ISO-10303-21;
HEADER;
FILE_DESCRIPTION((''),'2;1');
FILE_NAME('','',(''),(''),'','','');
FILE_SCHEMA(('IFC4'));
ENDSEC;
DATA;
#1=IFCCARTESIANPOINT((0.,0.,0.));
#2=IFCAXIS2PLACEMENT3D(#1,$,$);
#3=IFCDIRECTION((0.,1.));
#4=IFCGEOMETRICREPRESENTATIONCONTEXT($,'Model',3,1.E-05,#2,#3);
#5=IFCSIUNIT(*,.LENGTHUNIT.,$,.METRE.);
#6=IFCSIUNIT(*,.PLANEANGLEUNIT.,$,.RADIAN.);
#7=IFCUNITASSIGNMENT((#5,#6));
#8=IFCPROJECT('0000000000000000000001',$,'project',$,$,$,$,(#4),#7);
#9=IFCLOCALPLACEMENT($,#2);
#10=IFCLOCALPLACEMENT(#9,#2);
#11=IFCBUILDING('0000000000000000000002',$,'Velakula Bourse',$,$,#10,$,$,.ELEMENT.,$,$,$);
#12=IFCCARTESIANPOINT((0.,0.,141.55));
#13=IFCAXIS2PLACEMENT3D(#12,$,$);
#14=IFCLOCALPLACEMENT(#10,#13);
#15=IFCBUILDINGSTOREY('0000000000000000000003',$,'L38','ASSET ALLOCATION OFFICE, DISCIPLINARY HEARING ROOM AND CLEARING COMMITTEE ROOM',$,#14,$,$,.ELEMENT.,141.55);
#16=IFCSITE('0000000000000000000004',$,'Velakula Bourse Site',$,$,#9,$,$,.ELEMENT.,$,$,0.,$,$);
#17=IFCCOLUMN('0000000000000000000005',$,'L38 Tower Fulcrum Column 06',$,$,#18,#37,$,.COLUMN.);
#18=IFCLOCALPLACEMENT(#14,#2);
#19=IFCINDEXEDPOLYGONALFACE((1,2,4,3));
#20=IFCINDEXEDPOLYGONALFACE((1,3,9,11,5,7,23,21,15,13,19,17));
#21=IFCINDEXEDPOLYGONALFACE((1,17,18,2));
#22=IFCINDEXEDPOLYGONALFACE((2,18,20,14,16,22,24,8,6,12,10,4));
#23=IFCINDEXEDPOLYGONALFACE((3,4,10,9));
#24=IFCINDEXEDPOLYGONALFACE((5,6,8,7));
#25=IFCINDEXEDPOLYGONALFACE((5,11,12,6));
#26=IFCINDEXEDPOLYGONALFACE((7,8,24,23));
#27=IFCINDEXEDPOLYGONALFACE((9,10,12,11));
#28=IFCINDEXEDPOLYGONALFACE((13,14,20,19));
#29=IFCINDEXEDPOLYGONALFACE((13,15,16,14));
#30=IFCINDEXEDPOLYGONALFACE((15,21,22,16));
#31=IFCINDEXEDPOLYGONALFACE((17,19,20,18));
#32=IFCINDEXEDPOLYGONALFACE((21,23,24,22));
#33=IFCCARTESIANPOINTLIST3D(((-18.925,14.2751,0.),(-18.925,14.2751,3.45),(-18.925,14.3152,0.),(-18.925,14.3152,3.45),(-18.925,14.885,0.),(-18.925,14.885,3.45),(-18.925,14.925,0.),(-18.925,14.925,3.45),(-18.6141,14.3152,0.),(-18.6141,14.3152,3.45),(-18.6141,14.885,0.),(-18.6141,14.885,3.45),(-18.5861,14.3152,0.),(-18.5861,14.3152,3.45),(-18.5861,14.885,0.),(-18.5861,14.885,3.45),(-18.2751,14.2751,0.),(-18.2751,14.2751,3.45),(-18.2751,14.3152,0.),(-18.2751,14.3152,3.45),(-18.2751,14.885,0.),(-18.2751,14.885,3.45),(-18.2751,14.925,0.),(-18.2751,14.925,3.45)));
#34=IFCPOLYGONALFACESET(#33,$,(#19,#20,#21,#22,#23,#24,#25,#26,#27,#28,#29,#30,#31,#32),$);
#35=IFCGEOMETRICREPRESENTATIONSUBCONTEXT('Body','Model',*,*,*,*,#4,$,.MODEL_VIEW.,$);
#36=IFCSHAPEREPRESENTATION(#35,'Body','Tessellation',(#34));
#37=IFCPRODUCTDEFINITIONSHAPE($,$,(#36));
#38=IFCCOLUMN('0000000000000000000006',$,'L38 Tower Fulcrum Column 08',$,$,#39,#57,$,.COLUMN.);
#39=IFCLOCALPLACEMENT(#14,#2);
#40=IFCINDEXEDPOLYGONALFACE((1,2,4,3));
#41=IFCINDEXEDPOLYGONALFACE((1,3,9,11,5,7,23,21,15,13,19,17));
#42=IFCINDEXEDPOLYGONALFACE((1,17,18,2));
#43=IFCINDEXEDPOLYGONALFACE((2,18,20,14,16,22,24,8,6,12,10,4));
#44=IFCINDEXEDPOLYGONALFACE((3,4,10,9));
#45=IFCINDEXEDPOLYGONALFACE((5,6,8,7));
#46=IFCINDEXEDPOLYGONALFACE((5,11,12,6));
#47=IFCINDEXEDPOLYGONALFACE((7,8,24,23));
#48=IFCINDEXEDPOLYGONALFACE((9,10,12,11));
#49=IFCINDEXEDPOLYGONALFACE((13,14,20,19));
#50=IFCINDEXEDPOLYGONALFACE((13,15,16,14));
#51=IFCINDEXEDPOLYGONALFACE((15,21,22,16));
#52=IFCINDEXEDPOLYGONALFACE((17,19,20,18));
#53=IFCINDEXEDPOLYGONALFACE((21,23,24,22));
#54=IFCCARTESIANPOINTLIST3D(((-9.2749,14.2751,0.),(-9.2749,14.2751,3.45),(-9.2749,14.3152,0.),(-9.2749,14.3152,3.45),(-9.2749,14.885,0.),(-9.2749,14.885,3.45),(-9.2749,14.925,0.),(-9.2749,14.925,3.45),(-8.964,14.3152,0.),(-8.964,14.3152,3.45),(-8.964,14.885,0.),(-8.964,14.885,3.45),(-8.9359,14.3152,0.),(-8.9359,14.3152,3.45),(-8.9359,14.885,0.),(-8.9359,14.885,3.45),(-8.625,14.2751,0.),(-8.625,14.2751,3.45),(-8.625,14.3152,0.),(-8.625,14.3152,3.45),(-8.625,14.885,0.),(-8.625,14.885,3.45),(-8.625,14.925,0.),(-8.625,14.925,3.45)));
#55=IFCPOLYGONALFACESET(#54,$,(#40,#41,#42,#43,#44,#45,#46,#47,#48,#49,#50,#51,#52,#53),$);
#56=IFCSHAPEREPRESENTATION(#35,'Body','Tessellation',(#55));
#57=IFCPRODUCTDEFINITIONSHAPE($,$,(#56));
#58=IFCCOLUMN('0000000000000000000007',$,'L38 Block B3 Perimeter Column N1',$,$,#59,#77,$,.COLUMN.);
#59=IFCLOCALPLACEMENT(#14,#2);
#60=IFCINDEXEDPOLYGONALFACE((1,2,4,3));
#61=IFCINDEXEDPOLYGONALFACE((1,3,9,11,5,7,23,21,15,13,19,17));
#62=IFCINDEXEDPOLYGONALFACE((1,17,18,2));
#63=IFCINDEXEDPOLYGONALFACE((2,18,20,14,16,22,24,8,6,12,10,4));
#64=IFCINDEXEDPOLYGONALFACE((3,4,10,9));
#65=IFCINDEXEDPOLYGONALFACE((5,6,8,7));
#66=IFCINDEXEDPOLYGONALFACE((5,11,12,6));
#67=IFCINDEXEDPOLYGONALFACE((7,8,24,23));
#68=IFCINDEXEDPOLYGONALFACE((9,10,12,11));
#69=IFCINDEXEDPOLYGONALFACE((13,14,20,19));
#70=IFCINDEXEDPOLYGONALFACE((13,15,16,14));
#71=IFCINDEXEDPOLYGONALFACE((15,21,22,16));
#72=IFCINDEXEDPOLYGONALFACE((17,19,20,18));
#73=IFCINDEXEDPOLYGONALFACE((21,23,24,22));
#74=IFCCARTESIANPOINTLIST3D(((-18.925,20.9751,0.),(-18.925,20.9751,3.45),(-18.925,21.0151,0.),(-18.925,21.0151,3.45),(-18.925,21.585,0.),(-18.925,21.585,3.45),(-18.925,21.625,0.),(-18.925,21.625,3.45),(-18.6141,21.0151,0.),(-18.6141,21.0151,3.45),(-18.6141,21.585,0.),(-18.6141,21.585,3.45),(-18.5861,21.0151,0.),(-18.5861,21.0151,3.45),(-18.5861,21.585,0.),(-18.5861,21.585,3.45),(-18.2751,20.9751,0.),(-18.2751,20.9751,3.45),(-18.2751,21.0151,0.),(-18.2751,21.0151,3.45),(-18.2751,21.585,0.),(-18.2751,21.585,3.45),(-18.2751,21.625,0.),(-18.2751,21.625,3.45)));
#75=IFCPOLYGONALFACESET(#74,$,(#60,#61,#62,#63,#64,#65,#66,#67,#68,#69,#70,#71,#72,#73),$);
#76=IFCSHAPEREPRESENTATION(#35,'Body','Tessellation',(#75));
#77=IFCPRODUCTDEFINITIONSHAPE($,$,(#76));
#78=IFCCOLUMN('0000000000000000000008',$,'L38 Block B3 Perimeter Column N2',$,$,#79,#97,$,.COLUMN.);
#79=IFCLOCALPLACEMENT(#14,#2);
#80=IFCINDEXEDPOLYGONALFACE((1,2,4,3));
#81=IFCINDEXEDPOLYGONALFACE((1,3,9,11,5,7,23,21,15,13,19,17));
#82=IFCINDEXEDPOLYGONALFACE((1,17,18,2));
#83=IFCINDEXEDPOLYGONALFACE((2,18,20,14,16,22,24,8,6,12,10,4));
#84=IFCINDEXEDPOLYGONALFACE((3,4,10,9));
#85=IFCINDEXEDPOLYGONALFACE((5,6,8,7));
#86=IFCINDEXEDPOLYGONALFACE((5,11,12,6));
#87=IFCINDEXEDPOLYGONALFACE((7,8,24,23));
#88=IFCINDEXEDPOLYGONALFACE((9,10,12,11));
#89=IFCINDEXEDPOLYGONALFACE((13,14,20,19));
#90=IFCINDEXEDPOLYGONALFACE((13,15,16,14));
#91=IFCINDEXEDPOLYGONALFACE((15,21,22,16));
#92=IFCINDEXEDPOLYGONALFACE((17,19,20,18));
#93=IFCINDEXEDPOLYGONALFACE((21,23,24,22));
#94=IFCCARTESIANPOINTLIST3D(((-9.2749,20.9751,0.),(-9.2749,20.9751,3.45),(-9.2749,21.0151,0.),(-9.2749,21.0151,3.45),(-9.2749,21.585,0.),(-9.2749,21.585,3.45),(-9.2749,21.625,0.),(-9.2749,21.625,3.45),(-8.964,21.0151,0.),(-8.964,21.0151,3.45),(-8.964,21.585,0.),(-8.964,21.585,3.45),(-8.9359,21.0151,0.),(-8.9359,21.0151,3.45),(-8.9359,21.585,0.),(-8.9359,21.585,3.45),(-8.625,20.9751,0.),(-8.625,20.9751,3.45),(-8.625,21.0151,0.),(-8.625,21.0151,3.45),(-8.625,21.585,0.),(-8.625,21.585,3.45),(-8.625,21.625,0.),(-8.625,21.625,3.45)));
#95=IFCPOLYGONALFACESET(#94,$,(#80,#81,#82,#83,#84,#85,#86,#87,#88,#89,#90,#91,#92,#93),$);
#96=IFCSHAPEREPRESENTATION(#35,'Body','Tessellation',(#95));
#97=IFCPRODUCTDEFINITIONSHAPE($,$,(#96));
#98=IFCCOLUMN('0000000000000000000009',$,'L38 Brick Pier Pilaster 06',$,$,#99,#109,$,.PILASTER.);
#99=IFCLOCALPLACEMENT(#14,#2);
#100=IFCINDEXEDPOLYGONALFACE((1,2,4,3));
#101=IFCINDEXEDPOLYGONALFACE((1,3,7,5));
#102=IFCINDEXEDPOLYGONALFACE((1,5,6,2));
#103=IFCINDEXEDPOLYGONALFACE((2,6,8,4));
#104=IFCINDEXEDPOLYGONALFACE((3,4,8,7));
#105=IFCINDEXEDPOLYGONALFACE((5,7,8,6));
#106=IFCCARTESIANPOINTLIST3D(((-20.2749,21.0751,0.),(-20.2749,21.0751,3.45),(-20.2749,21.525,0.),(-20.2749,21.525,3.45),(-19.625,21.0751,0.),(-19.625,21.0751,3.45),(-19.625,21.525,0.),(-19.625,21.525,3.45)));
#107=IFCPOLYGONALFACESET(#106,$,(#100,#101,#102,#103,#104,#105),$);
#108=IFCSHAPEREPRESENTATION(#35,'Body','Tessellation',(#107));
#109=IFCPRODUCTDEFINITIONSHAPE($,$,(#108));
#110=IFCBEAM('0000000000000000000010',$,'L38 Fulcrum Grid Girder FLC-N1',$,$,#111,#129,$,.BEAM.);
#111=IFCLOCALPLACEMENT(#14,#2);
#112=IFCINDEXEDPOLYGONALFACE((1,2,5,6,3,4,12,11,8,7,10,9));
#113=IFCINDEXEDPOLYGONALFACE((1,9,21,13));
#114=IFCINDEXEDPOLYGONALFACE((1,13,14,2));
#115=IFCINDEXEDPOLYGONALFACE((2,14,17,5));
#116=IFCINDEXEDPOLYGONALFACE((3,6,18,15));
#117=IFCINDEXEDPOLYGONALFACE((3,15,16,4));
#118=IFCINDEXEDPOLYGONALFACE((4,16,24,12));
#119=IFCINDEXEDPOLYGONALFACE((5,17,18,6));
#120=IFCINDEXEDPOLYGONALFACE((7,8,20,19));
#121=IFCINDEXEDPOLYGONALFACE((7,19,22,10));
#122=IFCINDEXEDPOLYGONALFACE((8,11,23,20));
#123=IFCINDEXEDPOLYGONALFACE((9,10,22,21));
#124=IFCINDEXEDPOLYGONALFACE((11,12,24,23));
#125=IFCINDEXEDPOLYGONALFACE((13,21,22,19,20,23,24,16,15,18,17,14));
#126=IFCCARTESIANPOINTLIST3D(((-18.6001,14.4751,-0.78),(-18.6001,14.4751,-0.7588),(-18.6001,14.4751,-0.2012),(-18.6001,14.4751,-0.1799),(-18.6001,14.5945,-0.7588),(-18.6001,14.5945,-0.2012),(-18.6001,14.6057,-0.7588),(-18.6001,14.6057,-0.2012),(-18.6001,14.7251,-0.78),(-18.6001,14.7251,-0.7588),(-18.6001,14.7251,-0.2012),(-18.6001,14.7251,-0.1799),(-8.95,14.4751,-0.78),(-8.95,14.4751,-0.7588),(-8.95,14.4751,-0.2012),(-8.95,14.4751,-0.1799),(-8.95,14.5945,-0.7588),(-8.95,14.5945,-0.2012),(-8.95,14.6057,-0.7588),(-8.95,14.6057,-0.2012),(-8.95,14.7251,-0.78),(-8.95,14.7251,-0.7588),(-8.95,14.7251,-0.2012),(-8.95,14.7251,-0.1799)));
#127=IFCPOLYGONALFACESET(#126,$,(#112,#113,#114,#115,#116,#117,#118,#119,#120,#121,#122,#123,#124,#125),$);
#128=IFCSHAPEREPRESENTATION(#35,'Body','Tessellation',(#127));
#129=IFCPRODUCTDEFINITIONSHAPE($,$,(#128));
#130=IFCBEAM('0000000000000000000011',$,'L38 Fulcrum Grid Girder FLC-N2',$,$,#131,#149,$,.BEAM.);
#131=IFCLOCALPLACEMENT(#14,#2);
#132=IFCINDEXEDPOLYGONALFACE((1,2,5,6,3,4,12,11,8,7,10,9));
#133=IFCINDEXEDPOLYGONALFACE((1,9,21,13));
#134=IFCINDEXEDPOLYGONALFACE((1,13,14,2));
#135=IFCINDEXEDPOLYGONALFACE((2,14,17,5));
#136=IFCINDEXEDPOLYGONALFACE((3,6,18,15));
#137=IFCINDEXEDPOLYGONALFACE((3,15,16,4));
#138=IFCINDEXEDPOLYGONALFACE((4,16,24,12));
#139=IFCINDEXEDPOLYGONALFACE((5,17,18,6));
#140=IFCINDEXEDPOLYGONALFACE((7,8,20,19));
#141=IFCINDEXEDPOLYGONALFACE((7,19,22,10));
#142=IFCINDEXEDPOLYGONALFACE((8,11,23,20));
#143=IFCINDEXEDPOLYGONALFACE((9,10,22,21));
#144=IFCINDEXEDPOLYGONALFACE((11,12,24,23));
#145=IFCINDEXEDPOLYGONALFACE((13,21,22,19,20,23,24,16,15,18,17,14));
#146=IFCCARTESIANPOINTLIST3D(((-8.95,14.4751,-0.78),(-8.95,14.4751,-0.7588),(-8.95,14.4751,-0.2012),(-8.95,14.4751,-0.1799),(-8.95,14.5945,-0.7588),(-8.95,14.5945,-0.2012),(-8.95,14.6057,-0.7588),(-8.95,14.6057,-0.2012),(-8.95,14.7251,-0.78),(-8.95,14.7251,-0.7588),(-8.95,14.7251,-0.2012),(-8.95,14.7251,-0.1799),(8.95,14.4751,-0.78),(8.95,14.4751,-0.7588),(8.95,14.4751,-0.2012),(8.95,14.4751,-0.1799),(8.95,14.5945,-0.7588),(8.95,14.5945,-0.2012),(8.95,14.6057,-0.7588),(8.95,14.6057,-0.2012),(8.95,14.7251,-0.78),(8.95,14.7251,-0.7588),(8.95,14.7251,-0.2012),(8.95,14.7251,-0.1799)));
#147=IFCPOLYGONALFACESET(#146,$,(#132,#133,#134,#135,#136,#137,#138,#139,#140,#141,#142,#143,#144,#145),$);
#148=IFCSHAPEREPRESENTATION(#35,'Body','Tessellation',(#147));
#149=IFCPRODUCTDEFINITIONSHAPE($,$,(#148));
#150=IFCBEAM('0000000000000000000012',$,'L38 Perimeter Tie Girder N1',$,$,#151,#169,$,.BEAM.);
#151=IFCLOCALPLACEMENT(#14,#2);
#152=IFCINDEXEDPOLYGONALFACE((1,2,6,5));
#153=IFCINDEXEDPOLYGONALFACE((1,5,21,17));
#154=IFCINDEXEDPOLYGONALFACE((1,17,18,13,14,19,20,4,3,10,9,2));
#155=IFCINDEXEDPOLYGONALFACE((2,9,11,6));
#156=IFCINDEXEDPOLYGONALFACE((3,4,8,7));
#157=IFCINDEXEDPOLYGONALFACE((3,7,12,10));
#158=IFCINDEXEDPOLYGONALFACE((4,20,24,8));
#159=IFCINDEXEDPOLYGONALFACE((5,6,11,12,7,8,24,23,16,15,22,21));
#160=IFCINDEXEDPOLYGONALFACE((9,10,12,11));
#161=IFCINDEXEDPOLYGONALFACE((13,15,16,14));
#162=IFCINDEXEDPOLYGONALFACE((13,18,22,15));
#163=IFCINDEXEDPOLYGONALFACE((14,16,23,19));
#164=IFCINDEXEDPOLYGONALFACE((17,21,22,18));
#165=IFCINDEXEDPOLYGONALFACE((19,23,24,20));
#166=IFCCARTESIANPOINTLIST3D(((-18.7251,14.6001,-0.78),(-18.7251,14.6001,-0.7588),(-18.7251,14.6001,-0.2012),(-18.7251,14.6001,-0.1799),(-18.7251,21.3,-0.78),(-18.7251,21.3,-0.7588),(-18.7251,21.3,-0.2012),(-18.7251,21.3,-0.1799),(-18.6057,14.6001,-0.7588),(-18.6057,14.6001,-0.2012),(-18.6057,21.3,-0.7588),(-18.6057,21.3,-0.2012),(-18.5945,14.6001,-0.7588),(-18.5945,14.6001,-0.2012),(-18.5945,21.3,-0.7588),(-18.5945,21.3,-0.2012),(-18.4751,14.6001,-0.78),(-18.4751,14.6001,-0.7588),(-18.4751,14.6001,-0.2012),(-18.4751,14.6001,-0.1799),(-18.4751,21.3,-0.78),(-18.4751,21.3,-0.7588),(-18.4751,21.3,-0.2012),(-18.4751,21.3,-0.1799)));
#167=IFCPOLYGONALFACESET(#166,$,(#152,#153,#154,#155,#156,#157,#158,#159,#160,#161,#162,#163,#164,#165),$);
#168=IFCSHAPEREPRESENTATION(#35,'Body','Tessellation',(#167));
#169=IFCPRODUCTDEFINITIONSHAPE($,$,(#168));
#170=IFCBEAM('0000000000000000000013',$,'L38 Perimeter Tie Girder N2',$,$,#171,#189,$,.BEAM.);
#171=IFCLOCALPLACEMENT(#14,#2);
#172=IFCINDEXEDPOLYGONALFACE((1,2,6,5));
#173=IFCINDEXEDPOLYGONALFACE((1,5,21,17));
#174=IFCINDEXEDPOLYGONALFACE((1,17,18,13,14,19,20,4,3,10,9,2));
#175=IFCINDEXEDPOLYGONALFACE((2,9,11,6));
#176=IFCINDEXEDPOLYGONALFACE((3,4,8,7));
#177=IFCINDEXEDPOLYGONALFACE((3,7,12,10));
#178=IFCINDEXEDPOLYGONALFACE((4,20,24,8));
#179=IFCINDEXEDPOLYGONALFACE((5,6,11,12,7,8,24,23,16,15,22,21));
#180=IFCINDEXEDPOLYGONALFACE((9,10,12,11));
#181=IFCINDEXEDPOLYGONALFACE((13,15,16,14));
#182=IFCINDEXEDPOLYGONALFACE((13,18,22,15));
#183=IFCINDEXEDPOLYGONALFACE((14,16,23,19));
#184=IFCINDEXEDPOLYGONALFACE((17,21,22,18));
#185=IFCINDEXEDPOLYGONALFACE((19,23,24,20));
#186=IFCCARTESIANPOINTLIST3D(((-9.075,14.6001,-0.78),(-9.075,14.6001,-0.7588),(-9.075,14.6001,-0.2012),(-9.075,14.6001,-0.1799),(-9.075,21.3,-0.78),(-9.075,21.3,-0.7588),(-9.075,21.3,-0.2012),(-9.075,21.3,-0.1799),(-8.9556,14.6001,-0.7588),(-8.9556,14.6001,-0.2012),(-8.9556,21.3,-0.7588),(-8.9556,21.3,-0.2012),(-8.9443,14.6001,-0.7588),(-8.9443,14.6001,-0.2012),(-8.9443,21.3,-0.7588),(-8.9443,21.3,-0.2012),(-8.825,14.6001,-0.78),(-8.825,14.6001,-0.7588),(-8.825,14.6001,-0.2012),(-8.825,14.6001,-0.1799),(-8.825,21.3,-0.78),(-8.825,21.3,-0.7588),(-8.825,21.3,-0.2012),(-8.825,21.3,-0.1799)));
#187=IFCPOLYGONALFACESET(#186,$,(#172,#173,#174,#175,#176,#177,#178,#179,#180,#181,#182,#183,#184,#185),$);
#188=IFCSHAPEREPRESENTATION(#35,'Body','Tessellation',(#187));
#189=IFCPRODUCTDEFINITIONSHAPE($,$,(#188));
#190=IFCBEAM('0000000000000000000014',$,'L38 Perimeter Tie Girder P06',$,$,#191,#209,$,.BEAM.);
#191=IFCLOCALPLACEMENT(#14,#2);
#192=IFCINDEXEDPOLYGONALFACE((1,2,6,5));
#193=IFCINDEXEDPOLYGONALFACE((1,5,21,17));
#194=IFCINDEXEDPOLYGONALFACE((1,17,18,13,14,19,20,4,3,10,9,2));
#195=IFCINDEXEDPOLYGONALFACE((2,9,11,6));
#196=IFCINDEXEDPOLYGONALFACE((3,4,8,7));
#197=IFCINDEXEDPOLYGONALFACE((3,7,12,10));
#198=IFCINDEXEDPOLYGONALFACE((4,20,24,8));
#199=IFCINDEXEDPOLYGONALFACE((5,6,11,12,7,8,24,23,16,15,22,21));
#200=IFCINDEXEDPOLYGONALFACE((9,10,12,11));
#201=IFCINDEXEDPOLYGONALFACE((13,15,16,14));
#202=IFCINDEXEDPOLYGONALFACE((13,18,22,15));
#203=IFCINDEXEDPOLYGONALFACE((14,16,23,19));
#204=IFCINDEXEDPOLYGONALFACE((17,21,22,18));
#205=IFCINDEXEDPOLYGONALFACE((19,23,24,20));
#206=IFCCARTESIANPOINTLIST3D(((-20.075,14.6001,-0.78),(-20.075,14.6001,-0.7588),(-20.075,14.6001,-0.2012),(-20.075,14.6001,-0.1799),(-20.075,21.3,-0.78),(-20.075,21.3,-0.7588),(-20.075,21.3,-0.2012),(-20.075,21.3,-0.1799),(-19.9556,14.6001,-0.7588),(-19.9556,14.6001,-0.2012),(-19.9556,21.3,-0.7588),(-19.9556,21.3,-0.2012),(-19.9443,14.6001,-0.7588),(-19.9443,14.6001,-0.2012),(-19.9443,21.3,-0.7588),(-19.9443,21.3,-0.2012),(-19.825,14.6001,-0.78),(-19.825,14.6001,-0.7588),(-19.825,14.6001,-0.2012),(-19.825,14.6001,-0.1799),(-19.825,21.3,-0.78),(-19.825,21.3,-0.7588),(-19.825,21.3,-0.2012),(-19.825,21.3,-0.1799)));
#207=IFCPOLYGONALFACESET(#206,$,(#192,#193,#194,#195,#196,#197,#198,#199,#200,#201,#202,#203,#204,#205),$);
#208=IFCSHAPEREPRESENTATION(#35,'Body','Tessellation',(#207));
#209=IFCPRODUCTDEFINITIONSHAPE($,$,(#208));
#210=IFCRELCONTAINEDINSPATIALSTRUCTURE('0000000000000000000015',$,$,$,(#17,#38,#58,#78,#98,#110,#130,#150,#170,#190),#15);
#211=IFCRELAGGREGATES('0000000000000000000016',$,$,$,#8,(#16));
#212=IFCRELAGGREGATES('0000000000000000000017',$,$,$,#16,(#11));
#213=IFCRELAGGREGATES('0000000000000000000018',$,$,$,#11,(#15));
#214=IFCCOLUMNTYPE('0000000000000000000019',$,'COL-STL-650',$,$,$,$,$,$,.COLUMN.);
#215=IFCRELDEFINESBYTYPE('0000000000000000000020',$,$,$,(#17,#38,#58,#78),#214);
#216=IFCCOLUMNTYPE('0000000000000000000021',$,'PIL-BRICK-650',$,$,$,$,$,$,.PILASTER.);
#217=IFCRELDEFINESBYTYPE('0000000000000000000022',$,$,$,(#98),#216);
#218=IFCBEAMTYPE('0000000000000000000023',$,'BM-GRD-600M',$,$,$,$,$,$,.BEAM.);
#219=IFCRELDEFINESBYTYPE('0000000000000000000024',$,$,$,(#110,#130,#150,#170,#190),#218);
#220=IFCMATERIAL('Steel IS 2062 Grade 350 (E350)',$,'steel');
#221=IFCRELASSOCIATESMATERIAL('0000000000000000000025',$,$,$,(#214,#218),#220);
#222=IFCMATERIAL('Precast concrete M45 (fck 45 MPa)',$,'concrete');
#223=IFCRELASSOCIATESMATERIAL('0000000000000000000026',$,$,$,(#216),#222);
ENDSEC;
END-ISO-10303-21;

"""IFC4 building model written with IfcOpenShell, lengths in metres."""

from ifc_helpers import new_model, si_unit, direction, frame, origin, origin_2d, place, context, subcontext, project, spatial, rectangle, i_section, extrude, material, material_profile, profile_set, type_object, element, save


model = new_model("IFC4")

# Units and contexts
model_context = context("Model", 3, precision=1e-05, world=origin(), true_north=direction((0.0, 1.0)))
body_context = subcontext(model_context, "Body", "Model", "MODEL_VIEW")
ifc_project = project(units=[si_unit("LENGTHUNIT", "METRE"), si_unit("PLANEANGLEUNIT", "RADIAN")], contexts=[model_context])

# Site, building, storey
site_placement = place(None, origin())
site = spatial("IfcSite", under=ifc_project, at=site_placement, Name="Velakula Bourse Site", CompositionType="ELEMENT", RefElevation=0.0)
building_placement = place(site_placement, origin())
building = spatial("IfcBuilding", under=site, at=building_placement, Name="Velakula Bourse", CompositionType="ELEMENT")
storey_placement = place(building_placement, frame((0.0, 0.0, 141.55)))
storey = spatial("IfcBuildingStorey", under=building, at=storey_placement, Name="L38", Description="ASSET ALLOCATION OFFICE, DISCIPLINARY HEARING ROOM AND CLEARING COMMITTEE ROOM", CompositionType="ELEMENT", Elevation=141.55)

# Columns
ifc_material_1 = material(Name="Steel IS 2062 Grade 350 (E350)", Category="steel")
ifc_material_profile_1 = material_profile(ifc_material_1, i_section(OverallWidth=0.6499, OverallDepth=0.6499, WebThickness=0.0281, FlangeThickness=0.04, at=origin_2d()), Name="Steel IS 2062 Grade 350 (E350)")
ifc_profile_set_1 = profile_set([ifc_material_profile_1], Name="Steel IS 2062 Grade 350 (E350)")
column_type_1 = type_object("IfcColumnType", Name="COL-STL-650", PredefinedType="COLUMN", material=ifc_profile_set_1)
for number, where, z_axis, x_axis, name in (
    (1, (-18.6001, 14.6001, 0.0), (0.0, 0.0, 1.0), (1.0, 0.0, 0.0), "L38 Tower Fulcrum Column 06"),
    (2, (-8.95, 14.6001, 0.0), (0.0, 0.0, 1.0), (1.0, 0.0, 0.0), "L38 Tower Fulcrum Column 08"),
    (3, (-18.6001, 21.3, 0.0), (0.0, 0.0, 1.0), (1.0, 0.0, 0.0), "L38 Block B3 Perimeter Column N1"),
    (4, (-8.95, 21.3, 0.0), (0.0, 0.0, 1.0), (1.0, 0.0, 0.0), "L38 Block B3 Perimeter Column N2"),
):
    element("IfcColumn", number, at=place(storey_placement, frame(where, z_axis=z_axis, x_axis=x_axis)), inside=storey, type_object=column_type_1, Name=name, PredefinedType="COLUMN", context=body_context, shape_type="SweptSolid", body=[
        extrude(i_section(OverallWidth=0.6499, OverallDepth=0.6499, WebThickness=0.0281, FlangeThickness=0.04, at=origin_2d()), origin(), (0.0, 0.0, 1.0), 3.45),
    ])
ifc_material_2 = material(Name="Precast concrete M45 (fck 45 MPa)", Category="concrete")
ifc_material_profile_2 = material_profile(ifc_material_2, rectangle(XDim=0.6499, YDim=0.45, at=origin_2d()), Name="Precast concrete M45 (fck 45 MPa)")
ifc_profile_set_2 = profile_set([ifc_material_profile_2], Name="Precast concrete M45 (fck 45 MPa)")
column_type_2 = type_object("IfcColumnType", Name="PIL-BRICK-650", PredefinedType="PILASTER", material=ifc_profile_set_2)
column_placement = place(storey_placement, frame((-19.95, 21.3, 0.0), z_axis=(0.0, 0.0, 1.0), x_axis=(1.0, 0.0, 0.0)))
element("IfcColumn", 5, at=column_placement, inside=storey, type_object=column_type_2, Name="L38 Brick Pier Pilaster 06", PredefinedType="PILASTER", context=body_context, shape_type="SweptSolid", body=[
    extrude(rectangle(XDim=0.6499, YDim=0.45, at=origin_2d()), origin(), (0.0, 0.0, 1.0), 3.45),
])

# Beams
ifc_material_profile_3 = material_profile(ifc_material_1, i_section(OverallWidth=0.25, OverallDepth=0.6001, WebThickness=0.0112, FlangeThickness=0.0212, at=origin_2d()), Name="Steel IS 2062 Grade 350 (E350)")
ifc_profile_set_3 = profile_set([ifc_material_profile_3], Name="Steel IS 2062 Grade 350 (E350)")
beam_type_1 = type_object("IfcBeamType", Name="BM-GRD-600M", PredefinedType="BEAM", material=ifc_profile_set_3)
beam_1_placement = place(storey_placement, frame((-18.6001, 14.6001, -0.48), z_axis=(1.0, 0.0, 0.0), x_axis=(0.0, 1.0, 0.0)))
element("IfcBeam", 6, at=beam_1_placement, inside=storey, type_object=beam_type_1, Name="L38 Fulcrum Grid Girder FLC-N1", PredefinedType="BEAM", context=body_context, shape_type="SweptSolid", body=[
    extrude(i_section(OverallWidth=0.25, OverallDepth=0.6001, WebThickness=0.0112, FlangeThickness=0.0212, at=origin_2d()), origin(), (0.0, 0.0, 1.0), 9.6501),
])
beam_2_placement = place(storey_placement, frame((-8.95, 14.6001, -0.48), z_axis=(1.0, 0.0, 0.0), x_axis=(0.0, 1.0, 0.0)))
element("IfcBeam", 7, at=beam_2_placement, inside=storey, type_object=beam_type_1, Name="L38 Fulcrum Grid Girder FLC-N2", PredefinedType="BEAM", context=body_context, shape_type="SweptSolid", body=[
    extrude(i_section(OverallWidth=0.25, OverallDepth=0.6001, WebThickness=0.0112, FlangeThickness=0.0212, at=origin_2d()), origin(), (0.0, 0.0, 1.0), 17.8999),
])
for number, where, z_axis, x_axis, name in (
    (8, (-18.6001, 14.6001, -0.48), (0.0, 1.0, 0.0), (-1.0, 0.0, 0.0), "L38 Perimeter Tie Girder N1"),
    (9, (-8.95, 14.6001, -0.48), (0.0, 1.0, 0.0), (-1.0, 0.0, 0.0), "L38 Perimeter Tie Girder N2"),
    (10, (-19.95, 14.6001, -0.48), (0.0, 1.0, 0.0), (-1.0, 0.0, 0.0), "L38 Perimeter Tie Girder P06"),
):
    element("IfcBeam", number, at=place(storey_placement, frame(where, z_axis=z_axis, x_axis=x_axis)), inside=storey, type_object=beam_type_1, Name=name, PredefinedType="BEAM", context=body_context, shape_type="SweptSolid", body=[
        extrude(i_section(OverallWidth=0.25, OverallDepth=0.6001, WebThickness=0.0112, FlangeThickness=0.0212, at=origin_2d()), origin(), (0.0, 0.0, 1.0), 6.7),
    ])

save(model, "model.ifc")
